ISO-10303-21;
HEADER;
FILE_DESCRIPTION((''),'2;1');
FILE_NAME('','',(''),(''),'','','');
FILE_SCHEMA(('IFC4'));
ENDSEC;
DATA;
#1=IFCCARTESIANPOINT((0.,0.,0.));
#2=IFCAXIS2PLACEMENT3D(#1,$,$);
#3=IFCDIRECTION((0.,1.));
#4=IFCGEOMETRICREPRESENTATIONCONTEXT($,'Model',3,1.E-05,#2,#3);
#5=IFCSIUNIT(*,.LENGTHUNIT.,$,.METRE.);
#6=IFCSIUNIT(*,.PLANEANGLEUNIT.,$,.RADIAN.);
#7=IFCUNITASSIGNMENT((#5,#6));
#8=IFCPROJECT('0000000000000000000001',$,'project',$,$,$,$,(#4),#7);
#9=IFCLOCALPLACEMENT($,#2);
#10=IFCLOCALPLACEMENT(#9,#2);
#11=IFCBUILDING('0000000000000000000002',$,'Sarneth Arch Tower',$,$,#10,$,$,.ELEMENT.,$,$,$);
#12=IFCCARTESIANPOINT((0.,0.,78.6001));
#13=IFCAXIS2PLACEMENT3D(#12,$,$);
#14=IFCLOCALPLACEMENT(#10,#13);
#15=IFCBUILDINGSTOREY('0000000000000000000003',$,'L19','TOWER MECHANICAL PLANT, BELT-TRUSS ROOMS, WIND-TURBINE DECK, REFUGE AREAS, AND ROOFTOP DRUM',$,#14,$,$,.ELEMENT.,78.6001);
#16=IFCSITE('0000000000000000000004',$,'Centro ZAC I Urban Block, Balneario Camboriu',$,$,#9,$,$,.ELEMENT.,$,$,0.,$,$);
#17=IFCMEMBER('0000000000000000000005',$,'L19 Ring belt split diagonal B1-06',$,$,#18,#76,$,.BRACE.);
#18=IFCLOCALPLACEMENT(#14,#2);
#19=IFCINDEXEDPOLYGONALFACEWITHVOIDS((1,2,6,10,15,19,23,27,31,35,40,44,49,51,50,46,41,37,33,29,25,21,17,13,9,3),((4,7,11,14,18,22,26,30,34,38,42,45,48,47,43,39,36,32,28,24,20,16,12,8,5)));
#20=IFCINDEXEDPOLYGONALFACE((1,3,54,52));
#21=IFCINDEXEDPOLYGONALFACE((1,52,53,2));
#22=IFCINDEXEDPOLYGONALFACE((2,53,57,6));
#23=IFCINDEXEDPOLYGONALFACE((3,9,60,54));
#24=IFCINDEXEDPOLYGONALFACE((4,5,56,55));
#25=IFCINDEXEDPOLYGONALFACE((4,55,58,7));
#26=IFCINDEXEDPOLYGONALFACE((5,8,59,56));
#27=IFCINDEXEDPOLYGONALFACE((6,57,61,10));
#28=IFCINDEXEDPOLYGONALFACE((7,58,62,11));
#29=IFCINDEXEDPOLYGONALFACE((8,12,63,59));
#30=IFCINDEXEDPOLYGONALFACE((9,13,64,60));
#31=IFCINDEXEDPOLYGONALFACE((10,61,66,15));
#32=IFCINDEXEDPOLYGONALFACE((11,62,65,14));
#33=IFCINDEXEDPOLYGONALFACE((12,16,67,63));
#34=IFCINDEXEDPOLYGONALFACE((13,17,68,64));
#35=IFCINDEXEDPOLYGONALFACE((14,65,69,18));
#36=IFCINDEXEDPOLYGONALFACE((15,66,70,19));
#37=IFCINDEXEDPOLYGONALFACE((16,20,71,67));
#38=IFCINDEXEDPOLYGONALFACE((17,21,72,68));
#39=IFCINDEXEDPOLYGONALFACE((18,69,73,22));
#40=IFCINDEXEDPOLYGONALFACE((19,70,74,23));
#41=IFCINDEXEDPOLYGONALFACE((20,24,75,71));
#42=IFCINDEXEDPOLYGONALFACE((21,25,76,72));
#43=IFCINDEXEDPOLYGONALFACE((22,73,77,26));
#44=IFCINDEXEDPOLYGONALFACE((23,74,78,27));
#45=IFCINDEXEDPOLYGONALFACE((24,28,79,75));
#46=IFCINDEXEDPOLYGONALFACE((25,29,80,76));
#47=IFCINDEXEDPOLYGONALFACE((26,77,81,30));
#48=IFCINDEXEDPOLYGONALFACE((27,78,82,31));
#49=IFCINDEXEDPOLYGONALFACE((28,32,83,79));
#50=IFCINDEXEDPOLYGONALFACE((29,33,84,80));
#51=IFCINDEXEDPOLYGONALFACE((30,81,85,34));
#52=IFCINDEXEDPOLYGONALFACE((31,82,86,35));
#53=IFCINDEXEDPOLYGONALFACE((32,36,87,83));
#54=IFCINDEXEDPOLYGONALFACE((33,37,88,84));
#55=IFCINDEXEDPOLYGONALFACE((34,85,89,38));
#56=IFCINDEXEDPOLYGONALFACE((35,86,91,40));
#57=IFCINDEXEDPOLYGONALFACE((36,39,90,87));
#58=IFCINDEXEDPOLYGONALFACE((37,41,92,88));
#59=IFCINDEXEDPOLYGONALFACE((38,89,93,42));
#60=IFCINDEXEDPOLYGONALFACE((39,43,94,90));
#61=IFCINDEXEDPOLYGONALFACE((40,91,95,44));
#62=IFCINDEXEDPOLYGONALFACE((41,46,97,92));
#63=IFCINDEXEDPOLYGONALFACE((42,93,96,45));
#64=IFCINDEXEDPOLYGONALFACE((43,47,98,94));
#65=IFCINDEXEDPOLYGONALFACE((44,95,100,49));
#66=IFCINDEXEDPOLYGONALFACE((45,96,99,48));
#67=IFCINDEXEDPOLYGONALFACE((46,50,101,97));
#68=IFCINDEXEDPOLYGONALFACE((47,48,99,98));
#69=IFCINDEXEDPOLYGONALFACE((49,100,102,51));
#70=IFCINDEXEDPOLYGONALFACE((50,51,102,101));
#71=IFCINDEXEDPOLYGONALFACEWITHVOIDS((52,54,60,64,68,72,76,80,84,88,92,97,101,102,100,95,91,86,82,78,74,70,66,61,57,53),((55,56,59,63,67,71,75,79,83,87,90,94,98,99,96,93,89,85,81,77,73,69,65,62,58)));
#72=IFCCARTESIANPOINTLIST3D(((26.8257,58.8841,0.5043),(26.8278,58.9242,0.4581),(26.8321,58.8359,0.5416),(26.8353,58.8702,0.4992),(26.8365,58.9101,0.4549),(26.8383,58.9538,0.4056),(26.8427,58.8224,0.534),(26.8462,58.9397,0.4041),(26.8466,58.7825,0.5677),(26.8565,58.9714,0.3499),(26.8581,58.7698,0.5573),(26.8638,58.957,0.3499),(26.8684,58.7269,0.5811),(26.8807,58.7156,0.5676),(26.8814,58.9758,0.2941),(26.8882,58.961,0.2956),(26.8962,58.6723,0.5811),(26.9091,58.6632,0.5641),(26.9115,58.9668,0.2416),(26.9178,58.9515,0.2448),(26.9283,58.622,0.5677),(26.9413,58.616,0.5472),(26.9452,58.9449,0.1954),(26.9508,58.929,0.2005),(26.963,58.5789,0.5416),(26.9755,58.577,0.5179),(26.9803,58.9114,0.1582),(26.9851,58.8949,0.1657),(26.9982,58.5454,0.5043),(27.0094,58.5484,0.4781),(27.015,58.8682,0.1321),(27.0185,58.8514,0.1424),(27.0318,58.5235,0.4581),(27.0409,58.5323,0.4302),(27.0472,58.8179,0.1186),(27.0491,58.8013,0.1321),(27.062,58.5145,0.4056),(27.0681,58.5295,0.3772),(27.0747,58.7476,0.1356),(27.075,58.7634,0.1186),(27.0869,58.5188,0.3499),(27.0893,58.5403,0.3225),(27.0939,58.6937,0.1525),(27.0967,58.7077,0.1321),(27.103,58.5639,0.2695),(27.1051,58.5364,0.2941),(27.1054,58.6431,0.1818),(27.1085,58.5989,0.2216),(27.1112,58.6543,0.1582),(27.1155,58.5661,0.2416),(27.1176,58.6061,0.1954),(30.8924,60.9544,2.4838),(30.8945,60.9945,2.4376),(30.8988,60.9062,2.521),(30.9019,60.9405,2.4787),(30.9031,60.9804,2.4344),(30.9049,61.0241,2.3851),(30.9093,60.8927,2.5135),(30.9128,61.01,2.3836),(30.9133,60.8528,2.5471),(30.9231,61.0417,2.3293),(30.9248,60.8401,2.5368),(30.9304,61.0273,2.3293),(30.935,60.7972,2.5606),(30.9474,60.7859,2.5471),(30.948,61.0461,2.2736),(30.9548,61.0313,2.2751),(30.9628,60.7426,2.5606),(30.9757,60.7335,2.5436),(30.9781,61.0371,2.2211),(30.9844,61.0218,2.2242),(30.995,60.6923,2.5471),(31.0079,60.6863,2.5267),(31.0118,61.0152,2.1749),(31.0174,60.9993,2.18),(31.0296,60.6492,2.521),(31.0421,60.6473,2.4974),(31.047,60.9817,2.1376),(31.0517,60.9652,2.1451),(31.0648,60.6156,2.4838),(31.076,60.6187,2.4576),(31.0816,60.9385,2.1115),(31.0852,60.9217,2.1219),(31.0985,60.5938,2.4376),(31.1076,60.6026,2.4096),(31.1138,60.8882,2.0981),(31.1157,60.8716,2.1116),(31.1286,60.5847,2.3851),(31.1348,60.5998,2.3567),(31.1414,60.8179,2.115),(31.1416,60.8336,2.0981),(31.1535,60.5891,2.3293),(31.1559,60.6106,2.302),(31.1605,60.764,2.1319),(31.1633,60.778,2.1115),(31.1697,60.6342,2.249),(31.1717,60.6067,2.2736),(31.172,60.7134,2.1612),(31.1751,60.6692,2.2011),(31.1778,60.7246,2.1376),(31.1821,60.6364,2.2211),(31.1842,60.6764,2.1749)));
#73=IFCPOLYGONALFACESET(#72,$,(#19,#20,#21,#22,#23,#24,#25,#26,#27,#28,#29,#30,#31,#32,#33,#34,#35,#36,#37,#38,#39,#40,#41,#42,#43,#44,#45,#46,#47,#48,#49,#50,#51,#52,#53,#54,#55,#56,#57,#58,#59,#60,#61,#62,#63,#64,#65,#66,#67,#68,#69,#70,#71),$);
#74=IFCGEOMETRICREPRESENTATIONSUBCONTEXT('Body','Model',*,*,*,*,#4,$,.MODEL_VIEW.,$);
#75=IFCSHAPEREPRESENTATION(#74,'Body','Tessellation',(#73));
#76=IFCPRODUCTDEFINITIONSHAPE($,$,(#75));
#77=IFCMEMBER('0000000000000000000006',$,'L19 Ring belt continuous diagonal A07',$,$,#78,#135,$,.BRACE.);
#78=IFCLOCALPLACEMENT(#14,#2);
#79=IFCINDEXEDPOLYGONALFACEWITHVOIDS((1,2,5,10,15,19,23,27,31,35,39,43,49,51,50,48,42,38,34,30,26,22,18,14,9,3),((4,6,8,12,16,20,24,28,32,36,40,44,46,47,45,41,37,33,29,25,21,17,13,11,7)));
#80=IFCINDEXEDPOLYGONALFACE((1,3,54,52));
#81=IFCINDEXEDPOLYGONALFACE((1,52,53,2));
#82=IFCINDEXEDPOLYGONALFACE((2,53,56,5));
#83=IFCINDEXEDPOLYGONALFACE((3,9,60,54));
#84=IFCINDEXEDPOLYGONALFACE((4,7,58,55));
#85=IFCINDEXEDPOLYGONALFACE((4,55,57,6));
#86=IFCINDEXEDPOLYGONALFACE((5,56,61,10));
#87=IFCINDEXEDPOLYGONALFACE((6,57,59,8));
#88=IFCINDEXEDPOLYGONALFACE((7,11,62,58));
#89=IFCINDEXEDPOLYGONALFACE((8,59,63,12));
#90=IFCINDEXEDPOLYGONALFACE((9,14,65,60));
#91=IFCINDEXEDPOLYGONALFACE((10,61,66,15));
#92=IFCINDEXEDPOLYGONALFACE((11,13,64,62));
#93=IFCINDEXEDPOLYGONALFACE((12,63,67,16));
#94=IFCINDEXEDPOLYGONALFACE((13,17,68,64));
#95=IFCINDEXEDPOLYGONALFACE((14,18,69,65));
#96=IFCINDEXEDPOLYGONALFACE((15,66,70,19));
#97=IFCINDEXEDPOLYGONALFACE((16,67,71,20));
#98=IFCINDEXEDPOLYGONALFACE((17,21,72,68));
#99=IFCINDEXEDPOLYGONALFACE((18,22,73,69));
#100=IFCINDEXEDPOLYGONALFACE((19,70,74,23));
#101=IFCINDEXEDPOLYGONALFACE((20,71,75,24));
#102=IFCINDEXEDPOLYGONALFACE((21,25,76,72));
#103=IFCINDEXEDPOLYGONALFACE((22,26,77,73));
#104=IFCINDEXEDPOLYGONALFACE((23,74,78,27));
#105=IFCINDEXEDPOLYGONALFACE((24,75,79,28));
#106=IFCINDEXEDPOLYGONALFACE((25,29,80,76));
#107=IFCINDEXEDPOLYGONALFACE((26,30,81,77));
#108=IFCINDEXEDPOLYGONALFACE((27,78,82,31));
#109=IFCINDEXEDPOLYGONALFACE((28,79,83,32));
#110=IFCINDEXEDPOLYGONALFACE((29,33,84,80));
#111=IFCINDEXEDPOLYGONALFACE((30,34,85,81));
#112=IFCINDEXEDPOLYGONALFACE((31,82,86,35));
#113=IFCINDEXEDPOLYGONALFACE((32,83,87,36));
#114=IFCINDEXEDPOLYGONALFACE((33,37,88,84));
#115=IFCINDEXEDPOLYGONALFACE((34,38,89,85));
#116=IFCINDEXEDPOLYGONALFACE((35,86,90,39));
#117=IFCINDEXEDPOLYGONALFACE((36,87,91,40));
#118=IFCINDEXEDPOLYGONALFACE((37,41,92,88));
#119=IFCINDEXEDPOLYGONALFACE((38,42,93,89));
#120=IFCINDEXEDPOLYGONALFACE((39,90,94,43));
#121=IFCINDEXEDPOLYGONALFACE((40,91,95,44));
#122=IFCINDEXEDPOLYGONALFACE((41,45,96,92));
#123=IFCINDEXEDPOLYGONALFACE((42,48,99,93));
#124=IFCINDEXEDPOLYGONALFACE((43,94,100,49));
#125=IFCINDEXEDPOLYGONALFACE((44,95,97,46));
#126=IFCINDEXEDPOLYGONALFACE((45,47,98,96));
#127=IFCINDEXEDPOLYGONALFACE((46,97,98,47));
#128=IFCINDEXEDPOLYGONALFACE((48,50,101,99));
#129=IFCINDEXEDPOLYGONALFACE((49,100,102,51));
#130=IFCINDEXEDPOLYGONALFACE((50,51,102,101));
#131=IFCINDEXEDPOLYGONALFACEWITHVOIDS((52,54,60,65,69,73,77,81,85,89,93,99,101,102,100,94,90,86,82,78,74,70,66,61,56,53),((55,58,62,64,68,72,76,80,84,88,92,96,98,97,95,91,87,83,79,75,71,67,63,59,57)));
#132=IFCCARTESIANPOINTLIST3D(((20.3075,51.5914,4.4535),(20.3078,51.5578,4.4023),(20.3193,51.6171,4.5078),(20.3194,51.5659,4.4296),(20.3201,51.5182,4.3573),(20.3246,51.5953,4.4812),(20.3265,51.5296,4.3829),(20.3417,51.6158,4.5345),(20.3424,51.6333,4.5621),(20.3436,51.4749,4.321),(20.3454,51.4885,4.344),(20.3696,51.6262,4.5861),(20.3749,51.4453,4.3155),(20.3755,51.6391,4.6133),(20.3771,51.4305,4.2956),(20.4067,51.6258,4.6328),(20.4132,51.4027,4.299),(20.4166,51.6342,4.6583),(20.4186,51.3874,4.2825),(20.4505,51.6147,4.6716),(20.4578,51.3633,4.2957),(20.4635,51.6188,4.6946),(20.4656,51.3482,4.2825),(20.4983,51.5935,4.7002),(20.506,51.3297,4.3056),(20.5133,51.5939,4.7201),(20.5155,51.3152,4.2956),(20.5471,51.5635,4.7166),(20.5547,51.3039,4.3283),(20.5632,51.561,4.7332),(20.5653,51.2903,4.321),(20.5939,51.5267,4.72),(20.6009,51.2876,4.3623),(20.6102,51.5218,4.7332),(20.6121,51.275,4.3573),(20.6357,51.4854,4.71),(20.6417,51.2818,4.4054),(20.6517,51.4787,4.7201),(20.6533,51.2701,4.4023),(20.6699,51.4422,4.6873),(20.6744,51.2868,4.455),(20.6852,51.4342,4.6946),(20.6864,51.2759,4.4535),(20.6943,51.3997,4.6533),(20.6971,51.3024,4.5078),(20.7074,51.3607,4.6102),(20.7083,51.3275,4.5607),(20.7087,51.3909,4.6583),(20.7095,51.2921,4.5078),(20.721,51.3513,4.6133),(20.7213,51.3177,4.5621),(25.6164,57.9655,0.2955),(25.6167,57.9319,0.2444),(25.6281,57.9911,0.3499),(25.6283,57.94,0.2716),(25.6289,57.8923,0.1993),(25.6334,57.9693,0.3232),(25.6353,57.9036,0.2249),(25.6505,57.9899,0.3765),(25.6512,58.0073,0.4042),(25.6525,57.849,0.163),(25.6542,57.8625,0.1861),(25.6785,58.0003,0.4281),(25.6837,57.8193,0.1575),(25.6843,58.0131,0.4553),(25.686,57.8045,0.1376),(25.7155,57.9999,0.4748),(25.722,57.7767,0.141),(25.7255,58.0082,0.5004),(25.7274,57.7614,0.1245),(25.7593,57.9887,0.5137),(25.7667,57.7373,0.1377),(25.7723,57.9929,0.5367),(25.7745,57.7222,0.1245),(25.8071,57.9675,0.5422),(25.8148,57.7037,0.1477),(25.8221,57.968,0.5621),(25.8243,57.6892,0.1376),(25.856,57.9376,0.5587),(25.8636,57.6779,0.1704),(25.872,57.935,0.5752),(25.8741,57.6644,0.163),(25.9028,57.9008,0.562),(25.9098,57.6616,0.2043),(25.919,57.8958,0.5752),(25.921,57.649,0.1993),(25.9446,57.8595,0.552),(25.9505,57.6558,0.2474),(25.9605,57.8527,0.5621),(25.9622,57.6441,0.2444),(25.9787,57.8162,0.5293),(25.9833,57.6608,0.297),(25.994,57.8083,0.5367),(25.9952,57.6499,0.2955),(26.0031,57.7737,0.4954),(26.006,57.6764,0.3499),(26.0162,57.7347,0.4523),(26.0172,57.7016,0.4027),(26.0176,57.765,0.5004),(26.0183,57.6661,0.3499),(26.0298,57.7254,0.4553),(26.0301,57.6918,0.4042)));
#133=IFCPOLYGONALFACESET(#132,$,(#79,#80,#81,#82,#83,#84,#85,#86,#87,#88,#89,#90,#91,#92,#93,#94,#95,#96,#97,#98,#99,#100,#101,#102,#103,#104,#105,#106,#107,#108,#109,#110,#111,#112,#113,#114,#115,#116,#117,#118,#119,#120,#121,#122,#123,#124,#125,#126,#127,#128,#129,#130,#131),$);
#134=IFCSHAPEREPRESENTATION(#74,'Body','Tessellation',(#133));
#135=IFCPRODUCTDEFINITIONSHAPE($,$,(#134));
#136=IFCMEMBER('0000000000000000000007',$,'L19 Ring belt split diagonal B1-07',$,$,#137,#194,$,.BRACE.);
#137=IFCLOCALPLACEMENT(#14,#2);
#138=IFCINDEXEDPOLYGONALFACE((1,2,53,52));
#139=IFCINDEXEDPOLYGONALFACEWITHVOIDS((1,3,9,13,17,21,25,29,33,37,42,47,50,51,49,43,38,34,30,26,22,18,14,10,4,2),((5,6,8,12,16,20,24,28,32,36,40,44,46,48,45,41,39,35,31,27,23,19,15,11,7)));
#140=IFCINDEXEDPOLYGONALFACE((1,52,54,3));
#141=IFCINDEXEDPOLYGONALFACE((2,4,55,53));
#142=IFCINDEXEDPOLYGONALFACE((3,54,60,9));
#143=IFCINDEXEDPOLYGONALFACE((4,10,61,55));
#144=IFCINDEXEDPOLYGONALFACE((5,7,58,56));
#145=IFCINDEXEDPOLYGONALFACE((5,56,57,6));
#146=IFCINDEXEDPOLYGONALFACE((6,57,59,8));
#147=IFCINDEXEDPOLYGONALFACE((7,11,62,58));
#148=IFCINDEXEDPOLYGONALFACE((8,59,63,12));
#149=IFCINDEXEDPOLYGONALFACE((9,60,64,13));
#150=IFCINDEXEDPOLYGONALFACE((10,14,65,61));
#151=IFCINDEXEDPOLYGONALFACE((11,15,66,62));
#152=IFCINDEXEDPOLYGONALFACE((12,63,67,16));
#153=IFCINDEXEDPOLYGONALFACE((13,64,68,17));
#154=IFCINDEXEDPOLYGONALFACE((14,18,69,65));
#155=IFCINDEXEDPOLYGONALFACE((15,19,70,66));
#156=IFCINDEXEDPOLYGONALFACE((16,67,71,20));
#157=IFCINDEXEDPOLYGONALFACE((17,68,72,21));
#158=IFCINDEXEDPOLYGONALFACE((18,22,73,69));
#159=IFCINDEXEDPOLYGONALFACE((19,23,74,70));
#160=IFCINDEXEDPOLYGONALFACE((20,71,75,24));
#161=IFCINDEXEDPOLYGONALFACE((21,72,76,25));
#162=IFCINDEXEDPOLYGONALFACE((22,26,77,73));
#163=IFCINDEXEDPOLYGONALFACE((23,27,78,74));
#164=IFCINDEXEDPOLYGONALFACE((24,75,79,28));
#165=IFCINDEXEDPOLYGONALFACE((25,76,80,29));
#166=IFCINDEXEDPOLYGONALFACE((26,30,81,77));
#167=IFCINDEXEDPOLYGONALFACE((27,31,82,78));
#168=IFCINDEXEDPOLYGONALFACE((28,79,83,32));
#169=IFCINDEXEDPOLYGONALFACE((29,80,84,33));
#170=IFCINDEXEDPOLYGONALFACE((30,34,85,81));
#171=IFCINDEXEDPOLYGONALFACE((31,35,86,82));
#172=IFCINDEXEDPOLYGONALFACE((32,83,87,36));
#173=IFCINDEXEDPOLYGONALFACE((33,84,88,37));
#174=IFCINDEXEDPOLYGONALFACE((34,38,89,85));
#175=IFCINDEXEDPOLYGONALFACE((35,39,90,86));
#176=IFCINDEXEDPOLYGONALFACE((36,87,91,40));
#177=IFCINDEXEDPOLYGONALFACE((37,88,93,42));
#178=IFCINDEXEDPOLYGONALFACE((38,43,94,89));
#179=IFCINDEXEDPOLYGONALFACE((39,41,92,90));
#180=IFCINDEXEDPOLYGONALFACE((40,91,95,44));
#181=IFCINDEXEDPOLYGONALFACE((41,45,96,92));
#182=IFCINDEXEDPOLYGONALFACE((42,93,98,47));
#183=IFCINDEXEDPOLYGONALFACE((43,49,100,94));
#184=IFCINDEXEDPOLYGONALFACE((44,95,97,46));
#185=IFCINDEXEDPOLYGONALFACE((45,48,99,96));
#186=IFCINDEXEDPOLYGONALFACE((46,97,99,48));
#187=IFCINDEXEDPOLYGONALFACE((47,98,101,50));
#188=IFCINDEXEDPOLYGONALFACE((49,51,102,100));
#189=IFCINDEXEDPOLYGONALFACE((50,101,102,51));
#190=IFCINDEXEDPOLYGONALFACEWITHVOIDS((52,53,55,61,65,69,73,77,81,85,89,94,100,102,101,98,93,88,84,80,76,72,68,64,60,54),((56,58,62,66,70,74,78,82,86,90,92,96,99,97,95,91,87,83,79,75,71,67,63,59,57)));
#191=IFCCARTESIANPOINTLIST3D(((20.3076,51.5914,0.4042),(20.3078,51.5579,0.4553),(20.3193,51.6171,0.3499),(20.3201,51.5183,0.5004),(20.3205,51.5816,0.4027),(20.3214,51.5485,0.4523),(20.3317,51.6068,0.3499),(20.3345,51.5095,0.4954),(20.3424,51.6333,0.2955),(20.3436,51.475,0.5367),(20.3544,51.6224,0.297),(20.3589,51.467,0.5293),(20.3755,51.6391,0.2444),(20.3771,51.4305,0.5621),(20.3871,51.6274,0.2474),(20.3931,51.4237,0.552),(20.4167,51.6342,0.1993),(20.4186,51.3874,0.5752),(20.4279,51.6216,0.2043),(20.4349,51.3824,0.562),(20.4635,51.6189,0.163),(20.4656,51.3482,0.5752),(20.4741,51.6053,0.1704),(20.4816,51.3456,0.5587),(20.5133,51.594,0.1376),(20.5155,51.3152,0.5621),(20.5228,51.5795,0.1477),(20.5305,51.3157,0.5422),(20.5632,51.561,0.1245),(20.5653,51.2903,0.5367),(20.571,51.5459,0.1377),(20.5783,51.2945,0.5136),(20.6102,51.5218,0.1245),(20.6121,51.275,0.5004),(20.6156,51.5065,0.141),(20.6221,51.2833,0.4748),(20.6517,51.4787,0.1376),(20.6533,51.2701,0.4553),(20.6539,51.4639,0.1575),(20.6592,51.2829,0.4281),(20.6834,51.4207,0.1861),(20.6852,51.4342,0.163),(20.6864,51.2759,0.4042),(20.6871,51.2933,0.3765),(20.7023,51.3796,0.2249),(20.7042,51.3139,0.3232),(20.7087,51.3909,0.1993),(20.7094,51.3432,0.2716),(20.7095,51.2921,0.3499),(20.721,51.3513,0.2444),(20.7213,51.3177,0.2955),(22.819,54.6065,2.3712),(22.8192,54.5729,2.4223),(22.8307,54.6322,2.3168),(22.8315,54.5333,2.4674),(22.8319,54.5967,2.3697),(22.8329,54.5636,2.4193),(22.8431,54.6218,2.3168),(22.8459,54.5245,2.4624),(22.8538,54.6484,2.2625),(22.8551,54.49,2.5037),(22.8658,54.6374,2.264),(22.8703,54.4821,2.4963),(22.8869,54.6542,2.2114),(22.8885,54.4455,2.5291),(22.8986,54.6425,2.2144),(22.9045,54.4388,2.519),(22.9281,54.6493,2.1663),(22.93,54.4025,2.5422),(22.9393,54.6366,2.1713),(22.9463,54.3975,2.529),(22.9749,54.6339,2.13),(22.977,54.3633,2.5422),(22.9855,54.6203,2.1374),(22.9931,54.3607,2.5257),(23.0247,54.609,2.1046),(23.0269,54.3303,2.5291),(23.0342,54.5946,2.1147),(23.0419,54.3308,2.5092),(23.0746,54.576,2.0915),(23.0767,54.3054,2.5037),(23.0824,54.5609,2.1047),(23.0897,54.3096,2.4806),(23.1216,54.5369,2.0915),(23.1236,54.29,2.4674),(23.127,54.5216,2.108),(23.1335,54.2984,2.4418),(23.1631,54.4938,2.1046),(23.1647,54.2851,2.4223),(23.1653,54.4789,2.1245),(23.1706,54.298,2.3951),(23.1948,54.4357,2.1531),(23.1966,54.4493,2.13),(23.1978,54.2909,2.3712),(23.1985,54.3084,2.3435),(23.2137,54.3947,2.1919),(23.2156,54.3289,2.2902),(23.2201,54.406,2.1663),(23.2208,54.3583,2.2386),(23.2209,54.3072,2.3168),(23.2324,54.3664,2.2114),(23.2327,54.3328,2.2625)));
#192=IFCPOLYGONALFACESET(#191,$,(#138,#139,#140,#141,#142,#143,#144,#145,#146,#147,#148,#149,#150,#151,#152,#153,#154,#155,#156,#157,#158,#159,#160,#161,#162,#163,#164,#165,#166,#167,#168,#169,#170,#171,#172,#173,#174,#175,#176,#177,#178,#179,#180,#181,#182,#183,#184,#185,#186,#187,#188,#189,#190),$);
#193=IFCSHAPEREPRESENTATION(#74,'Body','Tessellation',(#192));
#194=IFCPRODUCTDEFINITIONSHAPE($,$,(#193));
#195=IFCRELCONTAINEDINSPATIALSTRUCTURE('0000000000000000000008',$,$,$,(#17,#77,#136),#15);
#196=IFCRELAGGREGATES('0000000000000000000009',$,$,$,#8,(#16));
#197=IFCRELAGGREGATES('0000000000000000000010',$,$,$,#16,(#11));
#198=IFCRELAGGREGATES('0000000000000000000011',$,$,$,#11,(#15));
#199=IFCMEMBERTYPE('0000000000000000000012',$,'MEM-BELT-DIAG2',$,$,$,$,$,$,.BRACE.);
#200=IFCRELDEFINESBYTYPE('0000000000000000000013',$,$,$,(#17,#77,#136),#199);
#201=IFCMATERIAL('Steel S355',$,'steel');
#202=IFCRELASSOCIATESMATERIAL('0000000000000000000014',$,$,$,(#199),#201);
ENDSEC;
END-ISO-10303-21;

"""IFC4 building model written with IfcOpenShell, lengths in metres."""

from ifc_helpers import new_model, si_unit, direction, frame, origin, origin_2d, place, context, subcontext, project, spatial, hollow_circle, extrude, material, material_profile, profile_set, type_object, element, save


model = new_model("IFC4")

# Units and contexts
model_context = context("Model", 3, precision=1e-05, world=origin(), true_north=direction((0.0, 1.0)))
body_context = subcontext(model_context, "Body", "Model", "MODEL_VIEW")
ifc_project = project(units=[si_unit("LENGTHUNIT", "METRE"), si_unit("PLANEANGLEUNIT", "RADIAN")], contexts=[model_context])

# Site, building, storey
site_placement = place(None, origin())
site = spatial("IfcSite", under=ifc_project, at=site_placement, Name="Centro ZAC I Urban Block, Balneario Camboriu", CompositionType="ELEMENT", RefElevation=0.0)
building_placement = place(site_placement, origin())
building = spatial("IfcBuilding", under=site, at=building_placement, Name="Sarneth Arch Tower", CompositionType="ELEMENT")
storey_placement = place(building_placement, frame((0.0, 0.0, 78.6001)))
storey = spatial("IfcBuildingStorey", under=building, at=storey_placement, Name="L19", Description="TOWER MECHANICAL PLANT, BELT-TRUSS ROOMS, WIND-TURBINE DECK, REFUGE AREAS, AND ROOFTOP DRUM", CompositionType="ELEMENT", Elevation=78.6001)

# Members
ifc_material_1 = material(Name="Steel S355", Category="steel")
ifc_material_profile_1 = material_profile(ifc_material_1, hollow_circle(Radius=0.2539, WallThickness=0.0161, at=origin_2d()), Name="CHS508x16")
ifc_profile_set_1 = profile_set([ifc_material_profile_1], Name="Steel S355")
member_type_1 = type_object("IfcMemberType", Name="MEM-BELT-DIAG2", PredefinedType="BRACE", material=ifc_profile_set_1)
member_1_placement = place(storey_placement, frame((26.9717, 58.7451, 0.3499), z_axis=(0.817556, 0.416214, 0.397955), x_axis=(-0.453686, 0.891162, 0.0)))
element("IfcMember", 1, at=member_1_placement, inside=storey, type_object=member_type_1, Name="L19 Ring belt split diagonal B1-06", PredefinedType="BRACE", context=body_context, shape_type="SweptSolid", body=[
    extrude(hollow_circle(Radius=0.2539, WallThickness=0.0161, at=origin_2d()), origin(), (0.0, 0.0, 1.0), 4.9741),
])
member_2_placement = place(storey_placement, frame((25.8232, 57.8286, 0.3499), z_axis=(-0.572132, -0.686927, 0.448102), x_axis=(0.76839, -0.639982, 0.0)))
element("IfcMember", 2, at=member_2_placement, inside=storey, type_object=member_type_1, Name="L19 Ring belt continuous diagonal A07", PredefinedType="BRACE", context=body_context, shape_type="SweptSolid", body=[
    extrude(hollow_circle(Radius=0.2539, WallThickness=0.0161, at=origin_2d()), origin(), (0.0, 0.0, 1.0), 9.2791),
])
for number, where, z_axis, x_axis, name in (
    (3, (20.5144, 51.4546, 0.3499), (0.572154, 0.686896, 0.448123), (-0.768364, 0.640013, 0.0), "L19 Ring belt split diagonal B1-07"),
):
    element("IfcMember", number, at=place(storey_placement, frame(where, z_axis=z_axis, x_axis=x_axis)), inside=storey, type_object=member_type_1, Name=name, PredefinedType="BRACE", context=body_context, shape_type="SweptSolid", body=[
        extrude(hollow_circle(Radius=0.2539, WallThickness=0.0161, at=origin_2d()), origin(), (0.0, 0.0, 1.0), 4.3894),
    ])

save(model, "model.ifc")
